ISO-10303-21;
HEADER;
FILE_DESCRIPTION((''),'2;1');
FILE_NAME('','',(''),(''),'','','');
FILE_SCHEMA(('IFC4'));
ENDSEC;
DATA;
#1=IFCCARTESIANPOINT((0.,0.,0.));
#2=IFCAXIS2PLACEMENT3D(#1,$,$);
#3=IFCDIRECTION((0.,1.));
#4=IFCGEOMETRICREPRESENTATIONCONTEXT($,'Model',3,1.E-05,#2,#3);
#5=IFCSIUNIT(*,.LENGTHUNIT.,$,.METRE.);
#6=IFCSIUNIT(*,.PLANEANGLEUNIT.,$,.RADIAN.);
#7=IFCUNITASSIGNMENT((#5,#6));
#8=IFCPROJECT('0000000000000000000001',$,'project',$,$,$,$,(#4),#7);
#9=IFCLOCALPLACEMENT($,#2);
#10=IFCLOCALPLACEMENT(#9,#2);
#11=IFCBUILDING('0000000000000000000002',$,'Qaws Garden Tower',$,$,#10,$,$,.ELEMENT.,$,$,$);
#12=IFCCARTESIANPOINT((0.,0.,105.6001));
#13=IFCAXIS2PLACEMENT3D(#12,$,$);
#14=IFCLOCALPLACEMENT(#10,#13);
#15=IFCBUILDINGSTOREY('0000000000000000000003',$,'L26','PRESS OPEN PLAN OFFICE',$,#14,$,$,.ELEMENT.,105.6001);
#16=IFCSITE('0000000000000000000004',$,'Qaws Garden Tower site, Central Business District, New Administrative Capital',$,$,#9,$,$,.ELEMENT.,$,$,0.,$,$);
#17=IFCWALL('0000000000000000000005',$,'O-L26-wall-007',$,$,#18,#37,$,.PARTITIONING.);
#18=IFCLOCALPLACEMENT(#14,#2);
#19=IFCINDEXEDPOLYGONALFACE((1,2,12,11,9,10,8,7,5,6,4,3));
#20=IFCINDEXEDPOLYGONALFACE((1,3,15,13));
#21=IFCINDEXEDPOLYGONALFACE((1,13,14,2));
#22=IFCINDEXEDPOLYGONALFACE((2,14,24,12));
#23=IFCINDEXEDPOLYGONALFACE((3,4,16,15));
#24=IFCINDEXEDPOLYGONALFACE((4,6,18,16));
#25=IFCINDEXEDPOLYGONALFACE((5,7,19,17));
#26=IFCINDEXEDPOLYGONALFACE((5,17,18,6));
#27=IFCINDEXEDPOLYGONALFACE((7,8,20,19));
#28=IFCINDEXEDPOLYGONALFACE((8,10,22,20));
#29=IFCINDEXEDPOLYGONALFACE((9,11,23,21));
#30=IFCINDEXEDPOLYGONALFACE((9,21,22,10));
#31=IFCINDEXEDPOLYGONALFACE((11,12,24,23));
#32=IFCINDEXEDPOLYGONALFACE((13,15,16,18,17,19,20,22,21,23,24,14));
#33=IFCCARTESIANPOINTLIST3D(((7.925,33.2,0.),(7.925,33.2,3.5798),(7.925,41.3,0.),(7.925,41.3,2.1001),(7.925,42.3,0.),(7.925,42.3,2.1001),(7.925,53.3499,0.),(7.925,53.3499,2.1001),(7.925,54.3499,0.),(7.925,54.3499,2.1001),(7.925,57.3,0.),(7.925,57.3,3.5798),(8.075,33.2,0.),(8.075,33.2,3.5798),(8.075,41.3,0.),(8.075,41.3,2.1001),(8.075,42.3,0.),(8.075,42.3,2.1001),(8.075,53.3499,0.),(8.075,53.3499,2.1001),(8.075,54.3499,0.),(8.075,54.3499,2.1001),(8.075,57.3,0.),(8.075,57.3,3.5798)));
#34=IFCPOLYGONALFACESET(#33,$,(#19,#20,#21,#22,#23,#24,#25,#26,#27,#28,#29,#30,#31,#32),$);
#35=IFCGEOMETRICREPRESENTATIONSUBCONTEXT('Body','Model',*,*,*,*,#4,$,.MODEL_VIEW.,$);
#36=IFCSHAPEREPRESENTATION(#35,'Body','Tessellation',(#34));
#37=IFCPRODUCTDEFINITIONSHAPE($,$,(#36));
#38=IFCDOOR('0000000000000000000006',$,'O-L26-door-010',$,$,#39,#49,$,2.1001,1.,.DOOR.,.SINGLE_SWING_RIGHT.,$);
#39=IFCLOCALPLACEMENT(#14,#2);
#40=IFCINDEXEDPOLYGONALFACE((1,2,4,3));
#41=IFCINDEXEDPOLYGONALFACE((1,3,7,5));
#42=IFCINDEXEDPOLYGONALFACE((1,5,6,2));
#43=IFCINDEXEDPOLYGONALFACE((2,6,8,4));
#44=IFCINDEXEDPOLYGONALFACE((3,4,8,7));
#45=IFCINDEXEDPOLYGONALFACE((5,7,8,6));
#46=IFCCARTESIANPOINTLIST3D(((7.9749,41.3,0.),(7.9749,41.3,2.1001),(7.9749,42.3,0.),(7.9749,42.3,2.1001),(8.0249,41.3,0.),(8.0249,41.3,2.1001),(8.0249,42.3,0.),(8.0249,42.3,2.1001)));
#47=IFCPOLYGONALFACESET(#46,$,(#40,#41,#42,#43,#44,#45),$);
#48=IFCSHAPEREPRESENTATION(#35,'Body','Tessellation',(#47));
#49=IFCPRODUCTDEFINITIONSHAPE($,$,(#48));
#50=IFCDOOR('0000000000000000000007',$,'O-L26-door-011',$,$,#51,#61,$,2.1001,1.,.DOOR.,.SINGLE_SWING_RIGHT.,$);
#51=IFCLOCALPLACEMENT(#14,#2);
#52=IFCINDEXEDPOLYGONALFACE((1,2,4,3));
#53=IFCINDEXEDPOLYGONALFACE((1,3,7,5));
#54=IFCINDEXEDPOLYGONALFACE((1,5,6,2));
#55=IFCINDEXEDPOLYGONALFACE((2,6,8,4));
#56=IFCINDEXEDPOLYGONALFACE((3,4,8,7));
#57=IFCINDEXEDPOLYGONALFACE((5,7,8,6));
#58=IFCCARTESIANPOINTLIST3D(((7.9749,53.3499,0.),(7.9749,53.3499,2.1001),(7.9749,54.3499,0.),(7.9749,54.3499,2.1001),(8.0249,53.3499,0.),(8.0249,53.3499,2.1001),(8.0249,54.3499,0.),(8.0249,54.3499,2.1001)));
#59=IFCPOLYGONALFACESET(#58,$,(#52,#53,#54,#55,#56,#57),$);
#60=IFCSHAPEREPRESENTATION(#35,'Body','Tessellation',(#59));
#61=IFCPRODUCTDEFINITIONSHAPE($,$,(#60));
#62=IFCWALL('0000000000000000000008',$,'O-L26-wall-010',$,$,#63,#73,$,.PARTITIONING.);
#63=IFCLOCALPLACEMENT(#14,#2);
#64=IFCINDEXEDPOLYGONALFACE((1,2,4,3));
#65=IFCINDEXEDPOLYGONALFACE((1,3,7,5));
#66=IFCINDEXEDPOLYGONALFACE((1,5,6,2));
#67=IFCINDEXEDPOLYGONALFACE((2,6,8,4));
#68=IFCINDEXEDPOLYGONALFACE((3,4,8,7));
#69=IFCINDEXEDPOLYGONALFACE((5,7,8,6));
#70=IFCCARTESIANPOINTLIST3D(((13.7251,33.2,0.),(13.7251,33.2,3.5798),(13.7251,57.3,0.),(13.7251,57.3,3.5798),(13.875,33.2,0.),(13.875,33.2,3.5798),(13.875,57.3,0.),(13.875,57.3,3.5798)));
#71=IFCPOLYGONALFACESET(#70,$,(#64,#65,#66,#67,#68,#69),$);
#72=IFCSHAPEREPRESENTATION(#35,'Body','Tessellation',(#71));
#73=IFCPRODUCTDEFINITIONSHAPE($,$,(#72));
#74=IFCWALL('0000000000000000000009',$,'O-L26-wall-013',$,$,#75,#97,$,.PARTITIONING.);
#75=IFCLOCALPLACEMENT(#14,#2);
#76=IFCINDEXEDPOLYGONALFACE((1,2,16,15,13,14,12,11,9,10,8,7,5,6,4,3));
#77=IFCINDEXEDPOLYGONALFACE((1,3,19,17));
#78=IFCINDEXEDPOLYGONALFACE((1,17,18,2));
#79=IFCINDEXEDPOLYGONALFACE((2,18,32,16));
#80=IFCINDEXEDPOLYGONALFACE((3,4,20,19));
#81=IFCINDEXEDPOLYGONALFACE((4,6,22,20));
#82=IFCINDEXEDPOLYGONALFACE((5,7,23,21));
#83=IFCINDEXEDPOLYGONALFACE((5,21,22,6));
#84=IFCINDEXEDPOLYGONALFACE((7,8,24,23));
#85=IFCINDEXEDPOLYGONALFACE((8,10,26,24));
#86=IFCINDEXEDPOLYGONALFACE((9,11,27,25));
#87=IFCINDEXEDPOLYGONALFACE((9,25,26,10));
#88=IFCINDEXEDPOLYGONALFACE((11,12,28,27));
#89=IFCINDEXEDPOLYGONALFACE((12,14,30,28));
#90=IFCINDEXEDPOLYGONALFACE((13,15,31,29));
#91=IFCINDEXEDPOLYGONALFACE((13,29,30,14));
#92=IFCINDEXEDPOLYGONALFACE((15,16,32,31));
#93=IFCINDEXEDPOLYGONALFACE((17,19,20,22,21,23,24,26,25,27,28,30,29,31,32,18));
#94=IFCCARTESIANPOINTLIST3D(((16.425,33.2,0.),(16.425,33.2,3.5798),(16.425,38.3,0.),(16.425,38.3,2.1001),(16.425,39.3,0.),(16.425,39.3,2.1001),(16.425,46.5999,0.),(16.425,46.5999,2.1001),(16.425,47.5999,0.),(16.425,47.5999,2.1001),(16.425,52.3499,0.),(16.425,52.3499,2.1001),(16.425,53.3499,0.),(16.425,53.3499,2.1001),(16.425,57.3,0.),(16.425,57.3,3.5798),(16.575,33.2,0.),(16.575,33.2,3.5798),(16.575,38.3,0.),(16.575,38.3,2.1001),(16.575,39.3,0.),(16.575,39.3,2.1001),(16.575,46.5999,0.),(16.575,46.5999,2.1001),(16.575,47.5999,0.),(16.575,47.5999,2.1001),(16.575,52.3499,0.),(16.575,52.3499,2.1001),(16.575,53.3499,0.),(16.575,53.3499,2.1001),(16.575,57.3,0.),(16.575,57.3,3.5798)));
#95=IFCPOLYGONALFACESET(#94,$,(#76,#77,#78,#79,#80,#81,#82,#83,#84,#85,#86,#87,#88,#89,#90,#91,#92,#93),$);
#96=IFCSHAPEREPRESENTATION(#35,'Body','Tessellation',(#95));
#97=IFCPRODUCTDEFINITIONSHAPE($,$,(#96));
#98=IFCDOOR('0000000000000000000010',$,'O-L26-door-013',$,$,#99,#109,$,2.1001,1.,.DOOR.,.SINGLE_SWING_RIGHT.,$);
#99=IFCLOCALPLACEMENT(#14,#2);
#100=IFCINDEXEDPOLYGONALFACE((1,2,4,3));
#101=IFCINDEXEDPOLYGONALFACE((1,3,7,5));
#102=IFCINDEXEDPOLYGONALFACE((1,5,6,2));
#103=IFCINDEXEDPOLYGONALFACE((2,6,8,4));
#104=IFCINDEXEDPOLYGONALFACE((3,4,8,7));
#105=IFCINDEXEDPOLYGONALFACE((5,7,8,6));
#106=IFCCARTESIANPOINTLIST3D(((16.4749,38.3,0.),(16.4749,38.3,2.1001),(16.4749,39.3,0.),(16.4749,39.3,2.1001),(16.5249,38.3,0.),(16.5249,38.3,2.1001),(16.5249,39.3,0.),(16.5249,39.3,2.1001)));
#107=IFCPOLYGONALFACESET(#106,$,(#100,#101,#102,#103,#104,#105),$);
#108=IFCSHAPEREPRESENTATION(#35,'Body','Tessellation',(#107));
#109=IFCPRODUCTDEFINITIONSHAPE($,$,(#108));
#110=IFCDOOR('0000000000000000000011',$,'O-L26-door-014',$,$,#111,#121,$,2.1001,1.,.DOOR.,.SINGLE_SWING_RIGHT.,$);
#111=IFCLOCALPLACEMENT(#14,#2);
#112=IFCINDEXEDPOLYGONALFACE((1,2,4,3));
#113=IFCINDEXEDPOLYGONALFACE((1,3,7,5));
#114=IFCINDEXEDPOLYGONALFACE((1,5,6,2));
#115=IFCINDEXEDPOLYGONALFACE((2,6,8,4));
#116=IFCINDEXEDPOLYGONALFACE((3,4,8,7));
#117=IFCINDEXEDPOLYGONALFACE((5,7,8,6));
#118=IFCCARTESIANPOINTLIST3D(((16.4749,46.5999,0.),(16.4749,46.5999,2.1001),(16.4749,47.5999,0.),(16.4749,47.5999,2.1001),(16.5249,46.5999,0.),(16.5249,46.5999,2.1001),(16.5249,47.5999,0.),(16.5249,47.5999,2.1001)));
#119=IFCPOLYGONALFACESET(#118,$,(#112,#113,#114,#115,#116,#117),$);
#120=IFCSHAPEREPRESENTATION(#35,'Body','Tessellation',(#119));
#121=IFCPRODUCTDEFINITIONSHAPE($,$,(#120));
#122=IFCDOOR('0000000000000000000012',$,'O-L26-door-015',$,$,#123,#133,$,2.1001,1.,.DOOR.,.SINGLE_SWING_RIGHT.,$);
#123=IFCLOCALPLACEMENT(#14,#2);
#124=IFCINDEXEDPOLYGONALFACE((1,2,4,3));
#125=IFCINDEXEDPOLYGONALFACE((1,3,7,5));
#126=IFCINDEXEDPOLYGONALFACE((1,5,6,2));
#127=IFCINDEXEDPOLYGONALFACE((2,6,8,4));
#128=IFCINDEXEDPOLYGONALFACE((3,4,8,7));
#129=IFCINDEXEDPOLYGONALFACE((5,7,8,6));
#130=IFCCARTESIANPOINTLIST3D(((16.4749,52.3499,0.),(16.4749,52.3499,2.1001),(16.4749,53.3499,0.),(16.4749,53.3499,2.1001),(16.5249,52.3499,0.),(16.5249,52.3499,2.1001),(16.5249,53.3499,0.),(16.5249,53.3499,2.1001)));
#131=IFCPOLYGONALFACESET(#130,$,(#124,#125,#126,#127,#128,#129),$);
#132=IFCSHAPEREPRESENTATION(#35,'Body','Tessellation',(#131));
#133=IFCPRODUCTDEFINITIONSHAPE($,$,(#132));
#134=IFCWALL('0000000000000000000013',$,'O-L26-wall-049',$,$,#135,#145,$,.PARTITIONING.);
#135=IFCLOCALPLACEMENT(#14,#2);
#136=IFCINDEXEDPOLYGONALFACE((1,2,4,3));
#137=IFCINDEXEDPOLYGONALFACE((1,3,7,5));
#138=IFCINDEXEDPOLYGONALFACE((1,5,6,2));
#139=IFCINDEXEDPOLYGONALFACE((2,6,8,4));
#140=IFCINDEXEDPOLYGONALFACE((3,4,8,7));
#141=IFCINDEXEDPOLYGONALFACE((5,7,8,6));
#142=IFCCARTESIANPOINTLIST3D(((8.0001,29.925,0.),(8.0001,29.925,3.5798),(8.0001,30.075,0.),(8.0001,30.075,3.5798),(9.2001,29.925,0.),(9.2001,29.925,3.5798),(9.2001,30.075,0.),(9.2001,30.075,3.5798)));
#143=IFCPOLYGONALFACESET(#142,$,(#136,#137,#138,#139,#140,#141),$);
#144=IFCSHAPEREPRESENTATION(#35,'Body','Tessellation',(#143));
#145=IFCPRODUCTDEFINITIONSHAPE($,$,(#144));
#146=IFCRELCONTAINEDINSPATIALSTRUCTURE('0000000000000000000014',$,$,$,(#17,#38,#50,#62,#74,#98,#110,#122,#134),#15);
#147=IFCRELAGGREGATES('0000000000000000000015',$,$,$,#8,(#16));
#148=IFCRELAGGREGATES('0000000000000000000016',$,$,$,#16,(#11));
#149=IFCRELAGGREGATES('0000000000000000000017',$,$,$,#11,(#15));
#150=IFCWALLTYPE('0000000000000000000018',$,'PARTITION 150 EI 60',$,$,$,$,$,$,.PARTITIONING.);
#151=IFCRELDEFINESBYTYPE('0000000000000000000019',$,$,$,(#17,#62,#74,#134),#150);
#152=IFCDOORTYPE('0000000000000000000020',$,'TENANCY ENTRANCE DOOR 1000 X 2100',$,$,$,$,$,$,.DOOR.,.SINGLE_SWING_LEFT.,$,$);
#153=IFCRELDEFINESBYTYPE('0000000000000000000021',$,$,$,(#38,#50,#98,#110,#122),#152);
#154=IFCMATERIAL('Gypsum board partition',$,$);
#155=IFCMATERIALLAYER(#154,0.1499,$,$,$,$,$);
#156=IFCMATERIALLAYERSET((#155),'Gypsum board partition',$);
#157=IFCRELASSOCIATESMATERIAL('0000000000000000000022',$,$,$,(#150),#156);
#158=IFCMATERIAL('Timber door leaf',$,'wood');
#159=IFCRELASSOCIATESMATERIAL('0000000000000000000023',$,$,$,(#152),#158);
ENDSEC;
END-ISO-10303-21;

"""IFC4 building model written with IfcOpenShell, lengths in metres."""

from ifc_helpers import new_model, si_unit, direction, frame, frame_2d, origin, place, context, subcontext, project, spatial, rectangle, extrude, material, layer, layer_set, type_object, element, fill, save


model = new_model("IFC4")

# Units and contexts
model_context = context("Model", 3, precision=1e-05, world=origin(), true_north=direction((0.0, 1.0)))
body_context = subcontext(model_context, "Body", "Model", "MODEL_VIEW")
ifc_project = project(units=[si_unit("LENGTHUNIT", "METRE"), si_unit("PLANEANGLEUNIT", "RADIAN")], contexts=[model_context])

# Site, building, storey
site_placement = place(None, origin())
site = spatial("IfcSite", under=ifc_project, at=site_placement, Name="Qaws Garden Tower site, Central Business District, New Administrative Capital", CompositionType="ELEMENT", RefElevation=0.0)
building_placement = place(site_placement, origin())
building = spatial("IfcBuilding", under=site, at=building_placement, Name="Qaws Garden Tower", CompositionType="ELEMENT")
storey_placement = place(building_placement, frame((0.0, 0.0, 105.6001)))
storey = spatial("IfcBuildingStorey", under=building, at=storey_placement, Name="L26", Description="PRESS OPEN PLAN OFFICE", CompositionType="ELEMENT", Elevation=105.6001)

# Wall, openings, doors
ifc_material_1 = material(Name="Gypsum board partition")
ifc_layer_1 = layer(ifc_material_1, 0.1499)
ifc_layer_set_1 = layer_set([ifc_layer_1], Name="Gypsum board partition")
wall_type_1 = type_object("IfcWallType", Name="PARTITION 150 EI 60", PredefinedType="PARTITIONING", material=ifc_layer_set_1)
wall_1_placement = place(storey_placement, frame((8.0, 33.2, 0.0), z_axis=(0.0, 0.0, 1.0), x_axis=(0.0, 1.0, 0.0)))
wall_1 = element("IfcWall", 1, at=wall_1_placement, inside=storey, type_object=wall_type_1, Name="O-L26-wall-007", PredefinedType="PARTITIONING", context=body_context, shape_type="SweptSolid", body=[
    extrude(rectangle(XDim=24.1001, YDim=0.1499, at=frame_2d((12.05, 0.0))), origin(), (0.0, 0.0, 1.0), 3.5798),
])
opening_1_placement = place(wall_1_placement, frame((8.1001, 0.0, 0.0)))
opening_1 = element("IfcOpeningElement", 2, at=opening_1_placement, cuts=wall_1, PredefinedType="OPENING", context=body_context, shape_type="SweptSolid", body=[
    extrude(rectangle(XDim=1.0, YDim=2.1001, at=frame_2d((0.5, 1.05))), frame((0.0, 0.085, 0.0), z_axis=(0.0, -1.0, 0.0), x_axis=(1.0, 0.0, 0.0)), (0.0, 0.0, 1.0), 0.1699),
])
opening_2_placement = place(wall_1_placement, frame((20.1499, 0.0, 0.0)))
opening_2 = element("IfcOpeningElement", 3, at=opening_2_placement, cuts=wall_1, PredefinedType="OPENING", context=body_context, shape_type="SweptSolid", body=[
    extrude(rectangle(XDim=1.0, YDim=2.1001, at=frame_2d((0.5, 1.05))), frame((0.0, 0.085, 0.0), z_axis=(0.0, -1.0, 0.0), x_axis=(1.0, 0.0, 0.0)), (0.0, 0.0, 1.0), 0.1699),
])
ifc_material_2 = material(Name="Timber door leaf", Category="wood")
door_type_1 = type_object("IfcDoorType", Name="TENANCY ENTRANCE DOOR 1000 X 2100", OperationType="SINGLE_SWING_LEFT", PredefinedType="DOOR", material=ifc_material_2)
door_1_placement = place(opening_1_placement, frame((1.0, 0.0, 0.0), z_axis=(0.0, 0.0, 1.0), x_axis=(-1.0, 0.0, 0.0)))
door_1 = element("IfcDoor", 4, at=door_1_placement, inside=storey, type_object=door_type_1, Name="O-L26-door-010", OperationType="SINGLE_SWING_RIGHT", OverallHeight=2.1001, OverallWidth=1.0, PredefinedType="DOOR", context=body_context, shape_type="SweptSolid", body=[
    extrude(rectangle(XDim=1.0, YDim=2.1001, at=frame_2d((0.5, 1.05))), frame((0.0, 0.0249, 0.0), z_axis=(0.0, -1.0, 0.0), x_axis=(1.0, 0.0, 0.0)), (0.0, 0.0, 1.0), 0.05),
])
fill(opening_1, door_1)
door_2_placement = place(opening_2_placement, frame((1.0, 0.0, 0.0), z_axis=(0.0, 0.0, 1.0), x_axis=(-1.0, 0.0, 0.0)))
door_2 = element("IfcDoor", 5, at=door_2_placement, inside=storey, type_object=door_type_1, Name="O-L26-door-011", OperationType="SINGLE_SWING_RIGHT", OverallHeight=2.1001, OverallWidth=1.0, PredefinedType="DOOR", context=body_context, shape_type="SweptSolid", body=[
    extrude(rectangle(XDim=1.0, YDim=2.1001, at=frame_2d((0.5, 1.05))), frame((0.0, 0.0249, 0.0), z_axis=(0.0, -1.0, 0.0), x_axis=(1.0, 0.0, 0.0)), (0.0, 0.0, 1.0), 0.05),
])
fill(opening_2, door_2)

# Wall
wall_2_placement = place(storey_placement, frame((13.8, 33.2, 0.0), z_axis=(0.0, 0.0, 1.0), x_axis=(0.0, 1.0, 0.0)))
element("IfcWall", 6, at=wall_2_placement, inside=storey, type_object=wall_type_1, Name="O-L26-wall-010", PredefinedType="PARTITIONING", context=body_context, shape_type="SweptSolid", body=[
    extrude(rectangle(XDim=24.1001, YDim=0.1499, at=frame_2d((12.05, 0.0))), origin(), (0.0, 0.0, 1.0), 3.5798),
])

# Wall, openings, doors
wall_3_placement = place(storey_placement, frame((16.5, 33.2, 0.0), z_axis=(0.0, 0.0, 1.0), x_axis=(0.0, 1.0, 0.0)))
wall_3 = element("IfcWall", 7, at=wall_3_placement, inside=storey, type_object=wall_type_1, Name="O-L26-wall-013", PredefinedType="PARTITIONING", context=body_context, shape_type="SweptSolid", body=[
    extrude(rectangle(XDim=24.1001, YDim=0.1499, at=frame_2d((12.05, 0.0))), origin(), (0.0, 0.0, 1.0), 3.5798),
])
opening_3_placement = place(wall_3_placement, frame((5.1001, 0.0, 0.0)))
opening_3 = element("IfcOpeningElement", 8, at=opening_3_placement, cuts=wall_3, PredefinedType="OPENING", context=body_context, shape_type="SweptSolid", body=[
    extrude(rectangle(XDim=1.0, YDim=2.1001, at=frame_2d((0.5, 1.05))), frame((0.0, 0.085, 0.0), z_axis=(0.0, -1.0, 0.0), x_axis=(1.0, 0.0, 0.0)), (0.0, 0.0, 1.0), 0.1699),
])
opening_4_placement = place(wall_3_placement, frame((13.3999, 0.0, 0.0)))
opening_4 = element("IfcOpeningElement", 9, at=opening_4_placement, cuts=wall_3, PredefinedType="OPENING", context=body_context, shape_type="SweptSolid", body=[
    extrude(rectangle(XDim=1.0, YDim=2.1001, at=frame_2d((0.5, 1.05))), frame((0.0, 0.085, 0.0), z_axis=(0.0, -1.0, 0.0), x_axis=(1.0, 0.0, 0.0)), (0.0, 0.0, 1.0), 0.1699),
])
opening_5_placement = place(wall_3_placement, frame((19.1499, 0.0, 0.0)))
opening_5 = element("IfcOpeningElement", 10, at=opening_5_placement, cuts=wall_3, PredefinedType="OPENING", context=body_context, shape_type="SweptSolid", body=[
    extrude(rectangle(XDim=1.0, YDim=2.1001, at=frame_2d((0.5, 1.05))), frame((0.0, 0.085, 0.0), z_axis=(0.0, -1.0, 0.0), x_axis=(1.0, 0.0, 0.0)), (0.0, 0.0, 1.0), 0.1699),
])
door_3_placement = place(opening_3_placement, frame((1.0, 0.0, 0.0), z_axis=(0.0, 0.0, 1.0), x_axis=(-1.0, 0.0, 0.0)))
door_3 = element("IfcDoor", 11, at=door_3_placement, inside=storey, type_object=door_type_1, Name="O-L26-door-013", OperationType="SINGLE_SWING_RIGHT", OverallHeight=2.1001, OverallWidth=1.0, PredefinedType="DOOR", context=body_context, shape_type="SweptSolid", body=[
    extrude(rectangle(XDim=1.0, YDim=2.1001, at=frame_2d((0.5, 1.05))), frame((0.0, 0.0249, 0.0), z_axis=(0.0, -1.0, 0.0), x_axis=(1.0, 0.0, 0.0)), (0.0, 0.0, 1.0), 0.05),
])
fill(opening_3, door_3)
door_4_placement = place(opening_4_placement, frame((1.0, 0.0, 0.0), z_axis=(0.0, 0.0, 1.0), x_axis=(-1.0, 0.0, 0.0)))
door_4 = element("IfcDoor", 12, at=door_4_placement, inside=storey, type_object=door_type_1, Name="O-L26-door-014", OperationType="SINGLE_SWING_RIGHT", OverallHeight=2.1001, OverallWidth=1.0, PredefinedType="DOOR", context=body_context, shape_type="SweptSolid", body=[
    extrude(rectangle(XDim=1.0, YDim=2.1001, at=frame_2d((0.5, 1.05))), frame((0.0, 0.0249, 0.0), z_axis=(0.0, -1.0, 0.0), x_axis=(1.0, 0.0, 0.0)), (0.0, 0.0, 1.0), 0.05),
])
fill(opening_4, door_4)
door_5_placement = place(opening_5_placement, frame((1.0, 0.0, 0.0), z_axis=(0.0, 0.0, 1.0), x_axis=(-1.0, 0.0, 0.0)))
door_5 = element("IfcDoor", 13, at=door_5_placement, inside=storey, type_object=door_type_1, Name="O-L26-door-015", OperationType="SINGLE_SWING_RIGHT", OverallHeight=2.1001, OverallWidth=1.0, PredefinedType="DOOR", context=body_context, shape_type="SweptSolid", body=[
    extrude(rectangle(XDim=1.0, YDim=2.1001, at=frame_2d((0.5, 1.05))), frame((0.0, 0.0249, 0.0), z_axis=(0.0, -1.0, 0.0), x_axis=(1.0, 0.0, 0.0)), (0.0, 0.0, 1.0), 0.05),
])
fill(opening_5, door_5)

# Wall
wall_4_placement = place(storey_placement, frame((8.0, 30.0, 0.0), z_axis=(0.0, 0.0, 1.0), x_axis=(1.0, 0.0, 0.0)))
element("IfcWall", 14, at=wall_4_placement, inside=storey, type_object=wall_type_1, Name="O-L26-wall-049", PredefinedType="PARTITIONING", context=body_context, shape_type="SweptSolid", body=[
    extrude(rectangle(XDim=1.2, YDim=0.1499, at=frame_2d((0.6001, 0.0))), origin(), (0.0, 0.0, 1.0), 3.5798),
])

save(model, "model.ifc")
